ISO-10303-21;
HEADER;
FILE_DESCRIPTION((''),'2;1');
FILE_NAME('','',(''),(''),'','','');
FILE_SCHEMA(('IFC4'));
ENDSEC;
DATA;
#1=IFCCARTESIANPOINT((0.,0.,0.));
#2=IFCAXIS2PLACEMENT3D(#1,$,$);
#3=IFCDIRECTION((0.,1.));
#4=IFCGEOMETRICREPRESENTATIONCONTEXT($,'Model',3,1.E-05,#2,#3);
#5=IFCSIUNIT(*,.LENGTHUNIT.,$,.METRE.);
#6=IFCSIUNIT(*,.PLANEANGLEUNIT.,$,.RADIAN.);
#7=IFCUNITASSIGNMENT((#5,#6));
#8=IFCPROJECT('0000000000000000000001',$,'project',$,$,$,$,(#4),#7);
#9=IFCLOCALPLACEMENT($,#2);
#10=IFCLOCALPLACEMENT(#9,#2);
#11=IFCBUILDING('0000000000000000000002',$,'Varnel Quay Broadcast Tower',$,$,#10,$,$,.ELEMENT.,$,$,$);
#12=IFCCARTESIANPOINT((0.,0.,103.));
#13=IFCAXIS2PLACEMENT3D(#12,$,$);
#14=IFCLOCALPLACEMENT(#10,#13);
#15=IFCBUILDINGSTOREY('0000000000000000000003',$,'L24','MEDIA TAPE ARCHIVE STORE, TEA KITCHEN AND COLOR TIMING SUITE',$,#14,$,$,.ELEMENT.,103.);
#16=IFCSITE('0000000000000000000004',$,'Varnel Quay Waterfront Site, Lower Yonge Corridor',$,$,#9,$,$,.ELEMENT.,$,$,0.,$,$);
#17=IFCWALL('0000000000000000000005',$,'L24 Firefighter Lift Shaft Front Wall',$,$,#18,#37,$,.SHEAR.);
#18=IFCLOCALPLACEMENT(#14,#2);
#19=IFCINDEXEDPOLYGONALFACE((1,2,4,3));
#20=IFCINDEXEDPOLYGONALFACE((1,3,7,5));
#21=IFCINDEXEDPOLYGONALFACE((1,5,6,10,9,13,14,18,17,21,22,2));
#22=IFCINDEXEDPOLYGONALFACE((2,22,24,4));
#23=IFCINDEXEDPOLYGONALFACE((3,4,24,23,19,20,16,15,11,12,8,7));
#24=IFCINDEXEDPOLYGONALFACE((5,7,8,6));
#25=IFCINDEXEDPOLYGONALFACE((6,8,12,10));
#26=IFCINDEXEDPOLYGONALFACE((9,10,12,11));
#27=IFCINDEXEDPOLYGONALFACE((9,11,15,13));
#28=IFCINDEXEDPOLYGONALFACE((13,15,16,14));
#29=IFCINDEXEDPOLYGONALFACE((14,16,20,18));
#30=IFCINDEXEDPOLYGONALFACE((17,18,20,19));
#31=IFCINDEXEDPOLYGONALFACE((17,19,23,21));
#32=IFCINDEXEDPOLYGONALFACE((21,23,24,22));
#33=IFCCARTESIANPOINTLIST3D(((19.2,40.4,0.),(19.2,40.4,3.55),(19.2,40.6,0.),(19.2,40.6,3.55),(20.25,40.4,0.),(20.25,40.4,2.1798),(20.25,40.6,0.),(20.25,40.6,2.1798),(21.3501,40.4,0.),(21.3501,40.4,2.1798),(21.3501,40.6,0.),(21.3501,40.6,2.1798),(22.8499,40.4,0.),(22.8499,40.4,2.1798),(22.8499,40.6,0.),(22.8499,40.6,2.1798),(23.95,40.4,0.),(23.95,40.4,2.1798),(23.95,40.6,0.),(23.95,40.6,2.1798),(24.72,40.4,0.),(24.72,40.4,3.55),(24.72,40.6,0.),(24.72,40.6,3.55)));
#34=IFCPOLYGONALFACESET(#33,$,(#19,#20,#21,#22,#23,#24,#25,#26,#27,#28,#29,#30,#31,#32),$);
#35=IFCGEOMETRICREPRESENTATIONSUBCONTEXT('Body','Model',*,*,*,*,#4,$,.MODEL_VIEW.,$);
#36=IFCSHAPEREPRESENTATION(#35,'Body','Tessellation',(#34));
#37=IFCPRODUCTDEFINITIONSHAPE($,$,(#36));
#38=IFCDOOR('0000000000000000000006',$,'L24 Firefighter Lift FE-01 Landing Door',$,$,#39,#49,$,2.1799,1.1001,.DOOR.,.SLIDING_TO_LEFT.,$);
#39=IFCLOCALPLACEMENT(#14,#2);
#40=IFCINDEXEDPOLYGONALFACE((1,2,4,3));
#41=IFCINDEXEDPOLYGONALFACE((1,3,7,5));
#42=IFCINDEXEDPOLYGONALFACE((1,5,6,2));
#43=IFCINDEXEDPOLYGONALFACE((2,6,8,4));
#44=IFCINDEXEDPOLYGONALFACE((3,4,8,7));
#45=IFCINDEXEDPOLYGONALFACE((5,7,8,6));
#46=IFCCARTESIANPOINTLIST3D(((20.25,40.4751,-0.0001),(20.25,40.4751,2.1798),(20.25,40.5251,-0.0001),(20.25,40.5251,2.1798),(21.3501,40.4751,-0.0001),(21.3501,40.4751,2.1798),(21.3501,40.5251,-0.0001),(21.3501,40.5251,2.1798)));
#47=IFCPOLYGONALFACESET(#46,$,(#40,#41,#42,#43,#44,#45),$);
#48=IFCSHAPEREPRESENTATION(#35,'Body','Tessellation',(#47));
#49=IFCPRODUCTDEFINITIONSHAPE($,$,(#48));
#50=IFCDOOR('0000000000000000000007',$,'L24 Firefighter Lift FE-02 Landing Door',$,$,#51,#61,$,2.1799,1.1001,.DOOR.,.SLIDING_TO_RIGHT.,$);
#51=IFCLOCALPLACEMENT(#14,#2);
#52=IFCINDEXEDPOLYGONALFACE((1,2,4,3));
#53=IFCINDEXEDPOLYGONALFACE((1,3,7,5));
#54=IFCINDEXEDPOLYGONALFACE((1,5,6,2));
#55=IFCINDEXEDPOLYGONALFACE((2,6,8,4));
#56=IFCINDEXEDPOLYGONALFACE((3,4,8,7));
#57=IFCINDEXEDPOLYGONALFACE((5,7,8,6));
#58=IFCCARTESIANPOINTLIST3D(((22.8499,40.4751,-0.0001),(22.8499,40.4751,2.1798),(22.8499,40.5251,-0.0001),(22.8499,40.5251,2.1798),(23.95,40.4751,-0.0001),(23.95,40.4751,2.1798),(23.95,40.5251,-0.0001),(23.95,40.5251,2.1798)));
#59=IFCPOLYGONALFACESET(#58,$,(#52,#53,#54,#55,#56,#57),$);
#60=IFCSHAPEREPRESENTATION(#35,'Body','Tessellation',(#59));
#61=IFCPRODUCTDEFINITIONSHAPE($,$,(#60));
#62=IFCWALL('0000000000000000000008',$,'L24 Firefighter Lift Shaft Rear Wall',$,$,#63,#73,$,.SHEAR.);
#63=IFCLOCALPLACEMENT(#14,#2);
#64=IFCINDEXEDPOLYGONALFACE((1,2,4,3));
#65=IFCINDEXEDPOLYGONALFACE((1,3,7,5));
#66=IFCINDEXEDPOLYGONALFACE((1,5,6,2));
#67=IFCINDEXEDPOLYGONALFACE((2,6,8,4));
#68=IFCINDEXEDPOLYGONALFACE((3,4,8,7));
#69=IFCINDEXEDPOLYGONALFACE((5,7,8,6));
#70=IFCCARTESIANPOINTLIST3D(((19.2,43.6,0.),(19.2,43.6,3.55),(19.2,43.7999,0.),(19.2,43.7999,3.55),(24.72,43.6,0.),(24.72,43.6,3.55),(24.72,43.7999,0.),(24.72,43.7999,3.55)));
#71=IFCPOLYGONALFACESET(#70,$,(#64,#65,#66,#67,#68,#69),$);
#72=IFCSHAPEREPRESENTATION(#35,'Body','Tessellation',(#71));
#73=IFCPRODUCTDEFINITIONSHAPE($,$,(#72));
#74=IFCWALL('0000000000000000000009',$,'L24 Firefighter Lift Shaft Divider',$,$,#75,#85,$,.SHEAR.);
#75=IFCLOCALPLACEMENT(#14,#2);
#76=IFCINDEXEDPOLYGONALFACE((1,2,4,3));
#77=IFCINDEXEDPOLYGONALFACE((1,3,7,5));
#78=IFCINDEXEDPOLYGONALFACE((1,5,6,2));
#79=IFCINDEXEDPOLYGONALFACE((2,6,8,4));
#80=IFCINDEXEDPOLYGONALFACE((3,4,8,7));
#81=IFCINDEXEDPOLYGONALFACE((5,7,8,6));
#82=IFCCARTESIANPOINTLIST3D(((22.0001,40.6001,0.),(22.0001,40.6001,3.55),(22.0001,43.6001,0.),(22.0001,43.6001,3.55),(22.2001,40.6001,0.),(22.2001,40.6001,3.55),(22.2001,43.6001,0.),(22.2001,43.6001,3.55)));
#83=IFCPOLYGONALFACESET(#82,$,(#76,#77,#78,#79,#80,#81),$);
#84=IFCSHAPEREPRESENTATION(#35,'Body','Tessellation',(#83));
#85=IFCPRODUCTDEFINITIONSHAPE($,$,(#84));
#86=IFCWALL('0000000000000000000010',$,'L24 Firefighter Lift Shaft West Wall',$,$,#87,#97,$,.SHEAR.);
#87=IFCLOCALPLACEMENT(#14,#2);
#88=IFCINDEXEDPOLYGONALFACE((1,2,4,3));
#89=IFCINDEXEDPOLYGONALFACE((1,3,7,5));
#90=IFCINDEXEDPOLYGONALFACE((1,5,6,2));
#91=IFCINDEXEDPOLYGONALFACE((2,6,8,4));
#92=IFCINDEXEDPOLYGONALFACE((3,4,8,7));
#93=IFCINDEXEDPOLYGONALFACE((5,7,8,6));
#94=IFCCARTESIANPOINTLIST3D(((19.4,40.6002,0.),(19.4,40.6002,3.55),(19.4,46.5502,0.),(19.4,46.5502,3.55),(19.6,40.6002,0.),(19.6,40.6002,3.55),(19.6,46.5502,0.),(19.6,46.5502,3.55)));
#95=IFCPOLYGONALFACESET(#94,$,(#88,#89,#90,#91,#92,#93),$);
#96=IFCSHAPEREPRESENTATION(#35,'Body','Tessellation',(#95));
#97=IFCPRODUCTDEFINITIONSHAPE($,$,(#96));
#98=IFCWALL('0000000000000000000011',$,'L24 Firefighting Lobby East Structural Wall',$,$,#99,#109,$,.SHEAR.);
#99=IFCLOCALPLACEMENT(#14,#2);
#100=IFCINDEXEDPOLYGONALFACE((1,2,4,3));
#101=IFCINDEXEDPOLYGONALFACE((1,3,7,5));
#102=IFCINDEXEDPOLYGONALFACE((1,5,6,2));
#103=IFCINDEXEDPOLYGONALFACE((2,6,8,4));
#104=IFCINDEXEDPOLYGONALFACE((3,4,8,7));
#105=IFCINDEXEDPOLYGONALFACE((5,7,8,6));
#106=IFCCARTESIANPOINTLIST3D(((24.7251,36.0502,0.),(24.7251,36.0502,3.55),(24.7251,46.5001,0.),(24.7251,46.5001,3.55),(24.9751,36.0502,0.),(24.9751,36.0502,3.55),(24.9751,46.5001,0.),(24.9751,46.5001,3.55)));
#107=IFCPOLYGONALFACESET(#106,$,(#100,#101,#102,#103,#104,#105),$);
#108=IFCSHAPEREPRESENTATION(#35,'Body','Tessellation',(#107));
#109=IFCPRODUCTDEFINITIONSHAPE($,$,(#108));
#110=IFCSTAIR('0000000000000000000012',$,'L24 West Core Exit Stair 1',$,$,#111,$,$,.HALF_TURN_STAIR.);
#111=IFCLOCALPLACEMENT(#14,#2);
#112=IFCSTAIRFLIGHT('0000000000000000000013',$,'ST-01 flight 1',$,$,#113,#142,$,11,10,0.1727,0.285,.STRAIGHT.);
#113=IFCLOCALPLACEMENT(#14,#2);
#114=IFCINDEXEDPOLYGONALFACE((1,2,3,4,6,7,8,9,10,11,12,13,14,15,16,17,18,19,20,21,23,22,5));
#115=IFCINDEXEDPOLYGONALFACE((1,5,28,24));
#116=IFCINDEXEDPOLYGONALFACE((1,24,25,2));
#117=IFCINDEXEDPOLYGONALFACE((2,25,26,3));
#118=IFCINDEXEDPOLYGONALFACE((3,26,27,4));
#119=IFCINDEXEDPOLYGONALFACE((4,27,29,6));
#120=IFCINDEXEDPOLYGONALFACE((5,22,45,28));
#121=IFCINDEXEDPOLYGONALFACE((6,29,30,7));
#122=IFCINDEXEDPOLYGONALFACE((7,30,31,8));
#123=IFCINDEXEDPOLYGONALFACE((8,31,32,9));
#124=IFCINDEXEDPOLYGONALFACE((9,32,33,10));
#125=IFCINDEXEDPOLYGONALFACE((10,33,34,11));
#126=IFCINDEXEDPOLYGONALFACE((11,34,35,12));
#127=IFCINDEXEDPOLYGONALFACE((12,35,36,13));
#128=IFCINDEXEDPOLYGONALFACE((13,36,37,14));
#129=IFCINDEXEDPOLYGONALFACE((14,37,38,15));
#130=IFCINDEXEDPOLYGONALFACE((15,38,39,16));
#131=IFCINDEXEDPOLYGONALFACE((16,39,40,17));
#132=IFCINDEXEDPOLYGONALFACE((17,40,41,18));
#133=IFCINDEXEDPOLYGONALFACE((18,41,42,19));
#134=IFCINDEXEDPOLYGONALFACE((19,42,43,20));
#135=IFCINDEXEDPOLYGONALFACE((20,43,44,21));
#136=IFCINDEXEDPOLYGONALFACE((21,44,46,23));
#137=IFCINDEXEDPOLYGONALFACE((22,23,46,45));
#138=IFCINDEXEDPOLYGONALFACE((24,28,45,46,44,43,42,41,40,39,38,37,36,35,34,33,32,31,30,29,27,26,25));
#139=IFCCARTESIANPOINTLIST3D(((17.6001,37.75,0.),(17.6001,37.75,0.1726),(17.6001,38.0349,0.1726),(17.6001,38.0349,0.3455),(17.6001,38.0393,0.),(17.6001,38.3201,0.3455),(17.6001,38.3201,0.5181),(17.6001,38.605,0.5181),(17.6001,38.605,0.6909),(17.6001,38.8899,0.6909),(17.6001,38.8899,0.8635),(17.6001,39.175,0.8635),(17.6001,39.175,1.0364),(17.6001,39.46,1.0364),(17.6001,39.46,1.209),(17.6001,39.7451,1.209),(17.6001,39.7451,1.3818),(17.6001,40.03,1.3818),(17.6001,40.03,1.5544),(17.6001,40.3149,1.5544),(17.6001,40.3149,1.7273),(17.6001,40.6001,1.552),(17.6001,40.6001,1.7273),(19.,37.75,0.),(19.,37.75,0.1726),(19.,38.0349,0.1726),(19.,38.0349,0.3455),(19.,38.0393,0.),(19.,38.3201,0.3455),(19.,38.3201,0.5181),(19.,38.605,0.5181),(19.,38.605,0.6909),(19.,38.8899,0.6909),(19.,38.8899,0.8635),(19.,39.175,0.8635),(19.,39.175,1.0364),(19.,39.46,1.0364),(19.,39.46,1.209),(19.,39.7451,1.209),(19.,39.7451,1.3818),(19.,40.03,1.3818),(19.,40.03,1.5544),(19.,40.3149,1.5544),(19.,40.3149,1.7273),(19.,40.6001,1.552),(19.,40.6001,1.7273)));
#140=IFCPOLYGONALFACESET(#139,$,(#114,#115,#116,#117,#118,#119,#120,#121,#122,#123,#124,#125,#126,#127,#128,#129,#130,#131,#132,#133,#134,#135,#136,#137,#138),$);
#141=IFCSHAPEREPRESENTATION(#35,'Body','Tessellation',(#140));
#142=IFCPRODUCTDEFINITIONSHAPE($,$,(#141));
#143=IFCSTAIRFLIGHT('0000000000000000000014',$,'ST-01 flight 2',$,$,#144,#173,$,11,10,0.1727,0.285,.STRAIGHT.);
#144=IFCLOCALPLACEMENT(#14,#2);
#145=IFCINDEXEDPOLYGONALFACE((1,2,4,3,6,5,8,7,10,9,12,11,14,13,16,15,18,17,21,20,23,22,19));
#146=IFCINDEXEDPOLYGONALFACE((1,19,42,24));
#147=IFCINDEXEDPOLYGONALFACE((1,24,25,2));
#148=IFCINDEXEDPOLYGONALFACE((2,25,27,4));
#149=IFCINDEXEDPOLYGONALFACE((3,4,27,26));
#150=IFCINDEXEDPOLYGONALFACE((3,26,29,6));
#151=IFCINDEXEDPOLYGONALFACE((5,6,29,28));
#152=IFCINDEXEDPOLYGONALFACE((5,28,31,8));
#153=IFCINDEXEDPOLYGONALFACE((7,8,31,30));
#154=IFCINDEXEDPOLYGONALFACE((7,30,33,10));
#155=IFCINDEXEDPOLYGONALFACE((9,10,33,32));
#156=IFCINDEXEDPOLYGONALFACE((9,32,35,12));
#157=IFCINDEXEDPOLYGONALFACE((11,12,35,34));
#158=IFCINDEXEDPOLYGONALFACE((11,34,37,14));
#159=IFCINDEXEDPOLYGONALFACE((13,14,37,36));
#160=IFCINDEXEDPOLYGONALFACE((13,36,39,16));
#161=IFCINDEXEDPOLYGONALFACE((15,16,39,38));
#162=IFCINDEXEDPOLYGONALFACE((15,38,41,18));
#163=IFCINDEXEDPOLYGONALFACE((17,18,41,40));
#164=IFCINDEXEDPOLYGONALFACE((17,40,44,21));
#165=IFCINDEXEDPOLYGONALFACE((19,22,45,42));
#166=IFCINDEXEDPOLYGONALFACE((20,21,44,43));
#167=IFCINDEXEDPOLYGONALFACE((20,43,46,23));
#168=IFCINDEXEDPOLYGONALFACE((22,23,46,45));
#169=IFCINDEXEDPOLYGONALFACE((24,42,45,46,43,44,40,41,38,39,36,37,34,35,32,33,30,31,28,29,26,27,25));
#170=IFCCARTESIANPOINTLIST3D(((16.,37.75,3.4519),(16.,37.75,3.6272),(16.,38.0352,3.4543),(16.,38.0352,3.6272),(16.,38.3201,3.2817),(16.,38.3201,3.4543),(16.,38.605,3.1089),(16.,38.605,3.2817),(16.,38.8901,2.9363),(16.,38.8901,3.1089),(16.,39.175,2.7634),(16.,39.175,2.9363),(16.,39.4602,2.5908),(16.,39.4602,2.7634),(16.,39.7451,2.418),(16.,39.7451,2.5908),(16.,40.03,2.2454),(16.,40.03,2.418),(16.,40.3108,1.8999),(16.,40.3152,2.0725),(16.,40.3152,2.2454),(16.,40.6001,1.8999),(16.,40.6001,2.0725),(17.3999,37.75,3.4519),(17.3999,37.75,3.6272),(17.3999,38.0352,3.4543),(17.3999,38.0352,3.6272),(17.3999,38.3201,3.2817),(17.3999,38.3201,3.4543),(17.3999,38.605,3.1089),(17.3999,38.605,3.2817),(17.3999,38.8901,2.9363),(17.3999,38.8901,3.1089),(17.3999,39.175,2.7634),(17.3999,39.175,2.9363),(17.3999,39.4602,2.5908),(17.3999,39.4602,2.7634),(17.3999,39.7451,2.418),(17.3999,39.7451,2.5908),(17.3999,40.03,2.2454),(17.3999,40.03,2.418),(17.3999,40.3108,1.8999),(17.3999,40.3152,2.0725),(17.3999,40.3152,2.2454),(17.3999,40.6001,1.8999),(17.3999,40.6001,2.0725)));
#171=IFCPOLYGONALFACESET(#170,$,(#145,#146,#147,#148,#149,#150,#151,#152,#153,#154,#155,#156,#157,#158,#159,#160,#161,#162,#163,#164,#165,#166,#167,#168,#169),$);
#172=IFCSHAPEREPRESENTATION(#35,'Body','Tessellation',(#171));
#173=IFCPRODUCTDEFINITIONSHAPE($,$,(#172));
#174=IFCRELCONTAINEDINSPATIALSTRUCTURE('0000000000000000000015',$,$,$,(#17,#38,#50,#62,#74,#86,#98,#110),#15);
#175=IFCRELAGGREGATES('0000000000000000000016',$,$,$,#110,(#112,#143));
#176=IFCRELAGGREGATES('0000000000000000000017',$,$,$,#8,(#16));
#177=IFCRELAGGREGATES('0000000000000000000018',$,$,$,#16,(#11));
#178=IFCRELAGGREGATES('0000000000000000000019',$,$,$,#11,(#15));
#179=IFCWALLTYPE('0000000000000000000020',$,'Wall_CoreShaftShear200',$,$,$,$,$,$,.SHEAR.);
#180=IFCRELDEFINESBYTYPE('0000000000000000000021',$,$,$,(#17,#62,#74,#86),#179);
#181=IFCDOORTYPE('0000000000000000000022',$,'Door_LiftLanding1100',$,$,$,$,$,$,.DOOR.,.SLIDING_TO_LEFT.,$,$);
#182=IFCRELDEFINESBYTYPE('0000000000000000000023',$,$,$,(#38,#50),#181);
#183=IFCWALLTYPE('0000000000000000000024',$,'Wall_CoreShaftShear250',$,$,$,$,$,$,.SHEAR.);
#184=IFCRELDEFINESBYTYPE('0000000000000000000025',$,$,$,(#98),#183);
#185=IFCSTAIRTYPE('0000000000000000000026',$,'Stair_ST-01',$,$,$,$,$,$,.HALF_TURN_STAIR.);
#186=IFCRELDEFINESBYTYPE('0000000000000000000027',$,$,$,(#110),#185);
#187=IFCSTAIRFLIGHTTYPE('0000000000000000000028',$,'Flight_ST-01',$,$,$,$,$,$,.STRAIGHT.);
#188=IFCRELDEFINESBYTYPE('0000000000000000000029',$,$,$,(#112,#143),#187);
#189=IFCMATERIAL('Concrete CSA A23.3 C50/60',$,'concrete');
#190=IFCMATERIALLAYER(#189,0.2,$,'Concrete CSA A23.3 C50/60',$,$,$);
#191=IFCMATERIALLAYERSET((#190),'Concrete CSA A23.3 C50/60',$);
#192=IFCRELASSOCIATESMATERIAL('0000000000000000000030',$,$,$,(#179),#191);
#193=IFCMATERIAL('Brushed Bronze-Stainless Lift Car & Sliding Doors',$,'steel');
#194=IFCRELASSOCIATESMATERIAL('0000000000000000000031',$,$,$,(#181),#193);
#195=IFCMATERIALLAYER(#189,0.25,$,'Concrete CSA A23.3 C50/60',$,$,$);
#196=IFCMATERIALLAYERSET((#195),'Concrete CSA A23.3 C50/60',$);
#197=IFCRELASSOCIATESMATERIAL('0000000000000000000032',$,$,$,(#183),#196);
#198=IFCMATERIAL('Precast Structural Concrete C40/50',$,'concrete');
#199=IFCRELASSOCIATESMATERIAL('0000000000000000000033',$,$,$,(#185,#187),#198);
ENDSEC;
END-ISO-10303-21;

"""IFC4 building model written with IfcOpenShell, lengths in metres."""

from ifc_helpers import new_model, si_unit, direction, frame, frame_2d, origin, place, context, subcontext, project, spatial, polyline, rectangle, outline, extrude, source, transform, mapped, material, layer, layer_set, type_object, type_shapes, element, fill, aggregate, save


model = new_model("IFC4")

# Units and contexts
model_context = context("Model", 3, precision=1e-05, world=origin(), true_north=direction((0.0, 1.0)))
body_context = subcontext(model_context, "Body", "Model", "MODEL_VIEW")
ifc_project = project(units=[si_unit("LENGTHUNIT", "METRE"), si_unit("PLANEANGLEUNIT", "RADIAN")], contexts=[model_context])

# Site, building, storey
site_placement = place(None, origin())
site = spatial("IfcSite", under=ifc_project, at=site_placement, Name="Varnel Quay Waterfront Site, Lower Yonge Corridor", CompositionType="ELEMENT", RefElevation=0.0)
building_placement = place(site_placement, origin())
building = spatial("IfcBuilding", under=site, at=building_placement, Name="Varnel Quay Broadcast Tower", CompositionType="ELEMENT")
storey_placement = place(building_placement, frame((0.0, 0.0, 103.0)))
storey = spatial("IfcBuildingStorey", under=building, at=storey_placement, Name="L24", Description="MEDIA TAPE ARCHIVE STORE, TEA KITCHEN AND COLOR TIMING SUITE", CompositionType="ELEMENT", Elevation=103.0)

# Shared definitions
ifc_material_1 = material(Name="Concrete CSA A23.3 C50/60", Category="concrete")
ifc_layer_1 = layer(ifc_material_1, 0.2, Name="Concrete CSA A23.3 C50/60")
ifc_layer_set_1 = layer_set([ifc_layer_1], Name="Concrete CSA A23.3 C50/60")
wall_type_1 = type_object("IfcWallType", Name="Wall_CoreShaftShear200", PredefinedType="SHEAR", material=ifc_layer_set_1)

# Wall, openings, doors
wall_1_placement = place(storey_placement, frame((19.2, 40.5, 0.0), z_axis=(0.0, 0.0, 1.0), x_axis=(1.0, 0.0, 0.0)))
wall_1 = element("IfcWall", 1, at=wall_1_placement, inside=storey, type_object=wall_type_1, Name="L24 Firefighter Lift Shaft Front Wall", PredefinedType="SHEAR", context=body_context, shape_type="SweptSolid", body=[
    extrude(rectangle(XDim=5.52, YDim=0.2, at=frame_2d((2.76, 0.0))), origin(), (0.0, 0.0, 1.0), 3.55),
])
opening_1_placement = place(wall_1_placement, frame((1.05, 0.0, 0.0)))
opening_1 = element("IfcOpeningElement", 2, at=opening_1_placement, cuts=wall_1, PredefinedType="OPENING", context=body_context, shape_type="SweptSolid", body=[
    extrude(rectangle(XDim=1.1001, YDim=2.1799, at=frame_2d((0.55, 1.0898))), frame((0.0, 0.1099, 0.0), z_axis=(0.0, -1.0, 0.0), x_axis=(1.0, 0.0, 0.0)), (0.0, 0.0, 1.0), 0.22),
])
opening_2_placement = place(wall_1_placement, frame((3.6499, 0.0, 0.0)))
opening_2 = element("IfcOpeningElement", 3, at=opening_2_placement, cuts=wall_1, PredefinedType="OPENING", context=body_context, shape_type="SweptSolid", body=[
    extrude(rectangle(XDim=1.1001, YDim=2.1799, at=frame_2d((0.55, 1.0898))), frame((0.0, 0.1099, 0.0), z_axis=(0.0, -1.0, 0.0), x_axis=(1.0, 0.0, 0.0)), (0.0, 0.0, 1.0), 0.22),
])
ifc_material_2 = material(Name="Brushed Bronze-Stainless Lift Car & Sliding Doors", Category="steel")
door_type_1 = type_object("IfcDoorType", Name="Door_LiftLanding1100", OperationType="SLIDING_TO_LEFT", PredefinedType="DOOR", material=ifc_material_2)
shared_shape_1 = source(origin(), body_context, "Body", "SweptSolid", [
    extrude(rectangle(XDim=1.1001, YDim=2.1799, at=frame_2d((0.55, 1.0898))), frame((0.0, 0.0249, 0.0), z_axis=(0.0, -1.0, 0.0), x_axis=(1.0, 0.0, 0.0)), (0.0, 0.0, 1.0), 0.05),
])
type_shapes(door_type_1, [shared_shape_1])
door_1_placement = place(opening_1_placement, frame((1.1001, 0.0, 0.0), z_axis=(0.0, 0.0, 1.0), x_axis=(-1.0, 0.0, 0.0)))
door_1 = element("IfcDoor", 4, at=door_1_placement, inside=storey, type_object=door_type_1, Name="L24 Firefighter Lift FE-01 Landing Door", OperationType="SLIDING_TO_LEFT", OverallHeight=2.1799, OverallWidth=1.1001, PredefinedType="DOOR", context=body_context, shape_type="MappedRepresentation", body=[
    mapped(shared_shape_1, transform((0.0, 0.0, 0.0), x_axis=(1.0, 0.0, 0.0), y_axis=(0.0, 1.0, 0.0), z_axis=(0.0, 0.0, 1.0), scale=1.0)),
])
fill(opening_1, door_1)
door_2_placement = place(opening_2_placement, frame((1.1001, 0.0, 0.0), z_axis=(0.0, 0.0, 1.0), x_axis=(-1.0, 0.0, 0.0)))
door_2 = element("IfcDoor", 5, at=door_2_placement, inside=storey, type_object=door_type_1, Name="L24 Firefighter Lift FE-02 Landing Door", OperationType="SLIDING_TO_RIGHT", OverallHeight=2.1799, OverallWidth=1.1001, PredefinedType="DOOR", context=body_context, shape_type="MappedRepresentation", body=[
    mapped(shared_shape_1, transform((0.0, 0.0, 0.0), x_axis=(1.0, 0.0, 0.0), y_axis=(0.0, 1.0, 0.0), z_axis=(0.0, 0.0, 1.0), scale=1.0)),
])
fill(opening_2, door_2)

# Walls
wall_2_placement = place(storey_placement, frame((19.2, 43.7, 0.0), z_axis=(0.0, 0.0, 1.0), x_axis=(1.0, 0.0, 0.0)))
element("IfcWall", 6, at=wall_2_placement, inside=storey, type_object=wall_type_1, Name="L24 Firefighter Lift Shaft Rear Wall", PredefinedType="SHEAR", context=body_context, shape_type="SweptSolid", body=[
    extrude(rectangle(XDim=5.52, YDim=0.2, at=frame_2d((2.76, 0.0))), origin(), (0.0, 0.0, 1.0), 3.55),
])
wall_3_placement = place(storey_placement, frame((22.1001, 40.6001, 0.0), z_axis=(0.0, 0.0, 1.0), x_axis=(0.0, 1.0, 0.0)))
element("IfcWall", 7, at=wall_3_placement, inside=storey, type_object=wall_type_1, Name="L24 Firefighter Lift Shaft Divider", PredefinedType="SHEAR", context=body_context, shape_type="SweptSolid", body=[
    extrude(rectangle(XDim=3.0, YDim=0.2, at=frame_2d((1.5, 0.0))), origin(), (0.0, 0.0, 1.0), 3.55),
])
wall_4_placement = place(storey_placement, frame((19.5, 40.6001, 0.0), z_axis=(0.0, 0.0, 1.0), x_axis=(0.0, 1.0, 0.0)))
element("IfcWall", 8, at=wall_4_placement, inside=storey, type_object=wall_type_1, Name="L24 Firefighter Lift Shaft West Wall", PredefinedType="SHEAR", context=body_context, shape_type="SweptSolid", body=[
    extrude(rectangle(XDim=5.95, YDim=0.2, at=frame_2d((2.9751, 0.0))), origin(), (0.0, 0.0, 1.0), 3.55),
])
ifc_layer_2 = layer(ifc_material_1, 0.25, Name="Concrete CSA A23.3 C50/60")
ifc_layer_set_2 = layer_set([ifc_layer_2], Name="Concrete CSA A23.3 C50/60")
wall_type_2 = type_object("IfcWallType", Name="Wall_CoreShaftShear250", PredefinedType="SHEAR", material=ifc_layer_set_2)
wall_5_placement = place(storey_placement, frame((24.8501, 36.05, 0.0), z_axis=(0.0, 0.0, 1.0), x_axis=(0.0, 1.0, 0.0)))
element("IfcWall", 9, at=wall_5_placement, inside=storey, type_object=wall_type_2, Name="L24 Firefighting Lobby East Structural Wall", PredefinedType="SHEAR", context=body_context, shape_type="SweptSolid", body=[
    extrude(rectangle(XDim=10.45, YDim=0.25, at=frame_2d((5.2251, 0.0))), origin(), (0.0, 0.0, 1.0), 3.55),
])

# Stair, stair flights
ifc_material_3 = material(Name="Precast Structural Concrete C40/50", Category="concrete")
stair_type = type_object("IfcStairType", Name="Stair_ST-01", PredefinedType="HALF_TURN_STAIR", material=ifc_material_3)
stair_placement = place(storey_placement, origin())
stair = element("IfcStair", 10, at=stair_placement, inside=storey, type_object=stair_type, Name="L24 West Core Exit Stair 1", PredefinedType="HALF_TURN_STAIR")
stair_flight_type = type_object("IfcStairFlightType", Name="Flight_ST-01", PredefinedType="STRAIGHT", material=ifc_material_3)
stair_flight_1_placement = place(storey_placement, frame((18.3, 37.75, 0.0), z_axis=(0.0, 0.0, 1.0), x_axis=(0.0, 1.0, 0.0)))
stair_flight_1 = element("IfcStairFlight", 11, at=stair_flight_1_placement, type_object=stair_flight_type, Name="ST-01 flight 1", NumberOfRisers=11, NumberOfTreads=10, PredefinedType="STRAIGHT", RiserHeight=0.1727, TreadLength=0.285, context=body_context, shape_type="SweptSolid", body=[
    extrude(outline(polyline([(0.0, 0.0), (0.0, 0.1726), (0.2849, 0.1726), (0.2849, 0.3455), (0.5701, 0.3455), (0.5701, 0.5181), (0.855, 0.5181), (0.855, 0.6909), (1.1399, 0.6909), (1.1399, 0.8635), (1.425, 0.8635), (1.425, 1.0364), (1.71, 1.0364), (1.71, 1.209), (1.9951, 1.209), (1.9951, 1.3818), (2.28, 1.3818), (2.28, 1.5544), (2.5649, 1.5544), (2.5649, 1.7273), (2.8501, 1.7273), (2.8501, 1.8999), (2.8501, 1.552), (0.2893, 0.0), (0.0, 0.0)])), frame((0.0, 0.7, 0.0), z_axis=(0.0, -1.0, 0.0), x_axis=(1.0, 0.0, 0.0)), (0.0, 0.0, 1.0), 1.3999),
])
stair_flight_2_placement = place(storey_placement, frame((16.7, 40.6001, 1.8999), z_axis=(0.0, 0.0, 1.0), x_axis=(0.0, -1.0, 0.0)))
stair_flight_2 = element("IfcStairFlight", 12, at=stair_flight_2_placement, type_object=stair_flight_type, Name="ST-01 flight 2", NumberOfRisers=11, NumberOfTreads=10, PredefinedType="STRAIGHT", RiserHeight=0.1727, TreadLength=0.285, context=body_context, shape_type="SweptSolid", body=[
    extrude(outline(polyline([(0.0, 0.0), (0.0, 0.1726), (0.2849, 0.1726), (0.2849, 0.3455), (0.5701, 0.3455), (0.5701, 0.5181), (0.855, 0.5181), (0.855, 0.6909), (1.1399, 0.6909), (1.1399, 0.8635), (1.425, 0.8635), (1.425, 1.0364), (1.71, 1.0364), (1.71, 1.209), (1.9951, 1.209), (1.9951, 1.3818), (2.28, 1.3818), (2.28, 1.5544), (2.5649, 1.5544), (2.5649, 1.7273), (2.8501, 1.7273), (2.8501, 1.8999), (2.8501, 1.552), (0.2893, 0.0), (0.0, 0.0)])), frame((0.0, 0.7, 0.0), z_axis=(0.0, -1.0, 0.0), x_axis=(1.0, 0.0, 0.0)), (0.0, 0.0, 1.0), 1.3999),
])
aggregate(stair, [stair_flight_1, stair_flight_2])

save(model, "model.ifc")
